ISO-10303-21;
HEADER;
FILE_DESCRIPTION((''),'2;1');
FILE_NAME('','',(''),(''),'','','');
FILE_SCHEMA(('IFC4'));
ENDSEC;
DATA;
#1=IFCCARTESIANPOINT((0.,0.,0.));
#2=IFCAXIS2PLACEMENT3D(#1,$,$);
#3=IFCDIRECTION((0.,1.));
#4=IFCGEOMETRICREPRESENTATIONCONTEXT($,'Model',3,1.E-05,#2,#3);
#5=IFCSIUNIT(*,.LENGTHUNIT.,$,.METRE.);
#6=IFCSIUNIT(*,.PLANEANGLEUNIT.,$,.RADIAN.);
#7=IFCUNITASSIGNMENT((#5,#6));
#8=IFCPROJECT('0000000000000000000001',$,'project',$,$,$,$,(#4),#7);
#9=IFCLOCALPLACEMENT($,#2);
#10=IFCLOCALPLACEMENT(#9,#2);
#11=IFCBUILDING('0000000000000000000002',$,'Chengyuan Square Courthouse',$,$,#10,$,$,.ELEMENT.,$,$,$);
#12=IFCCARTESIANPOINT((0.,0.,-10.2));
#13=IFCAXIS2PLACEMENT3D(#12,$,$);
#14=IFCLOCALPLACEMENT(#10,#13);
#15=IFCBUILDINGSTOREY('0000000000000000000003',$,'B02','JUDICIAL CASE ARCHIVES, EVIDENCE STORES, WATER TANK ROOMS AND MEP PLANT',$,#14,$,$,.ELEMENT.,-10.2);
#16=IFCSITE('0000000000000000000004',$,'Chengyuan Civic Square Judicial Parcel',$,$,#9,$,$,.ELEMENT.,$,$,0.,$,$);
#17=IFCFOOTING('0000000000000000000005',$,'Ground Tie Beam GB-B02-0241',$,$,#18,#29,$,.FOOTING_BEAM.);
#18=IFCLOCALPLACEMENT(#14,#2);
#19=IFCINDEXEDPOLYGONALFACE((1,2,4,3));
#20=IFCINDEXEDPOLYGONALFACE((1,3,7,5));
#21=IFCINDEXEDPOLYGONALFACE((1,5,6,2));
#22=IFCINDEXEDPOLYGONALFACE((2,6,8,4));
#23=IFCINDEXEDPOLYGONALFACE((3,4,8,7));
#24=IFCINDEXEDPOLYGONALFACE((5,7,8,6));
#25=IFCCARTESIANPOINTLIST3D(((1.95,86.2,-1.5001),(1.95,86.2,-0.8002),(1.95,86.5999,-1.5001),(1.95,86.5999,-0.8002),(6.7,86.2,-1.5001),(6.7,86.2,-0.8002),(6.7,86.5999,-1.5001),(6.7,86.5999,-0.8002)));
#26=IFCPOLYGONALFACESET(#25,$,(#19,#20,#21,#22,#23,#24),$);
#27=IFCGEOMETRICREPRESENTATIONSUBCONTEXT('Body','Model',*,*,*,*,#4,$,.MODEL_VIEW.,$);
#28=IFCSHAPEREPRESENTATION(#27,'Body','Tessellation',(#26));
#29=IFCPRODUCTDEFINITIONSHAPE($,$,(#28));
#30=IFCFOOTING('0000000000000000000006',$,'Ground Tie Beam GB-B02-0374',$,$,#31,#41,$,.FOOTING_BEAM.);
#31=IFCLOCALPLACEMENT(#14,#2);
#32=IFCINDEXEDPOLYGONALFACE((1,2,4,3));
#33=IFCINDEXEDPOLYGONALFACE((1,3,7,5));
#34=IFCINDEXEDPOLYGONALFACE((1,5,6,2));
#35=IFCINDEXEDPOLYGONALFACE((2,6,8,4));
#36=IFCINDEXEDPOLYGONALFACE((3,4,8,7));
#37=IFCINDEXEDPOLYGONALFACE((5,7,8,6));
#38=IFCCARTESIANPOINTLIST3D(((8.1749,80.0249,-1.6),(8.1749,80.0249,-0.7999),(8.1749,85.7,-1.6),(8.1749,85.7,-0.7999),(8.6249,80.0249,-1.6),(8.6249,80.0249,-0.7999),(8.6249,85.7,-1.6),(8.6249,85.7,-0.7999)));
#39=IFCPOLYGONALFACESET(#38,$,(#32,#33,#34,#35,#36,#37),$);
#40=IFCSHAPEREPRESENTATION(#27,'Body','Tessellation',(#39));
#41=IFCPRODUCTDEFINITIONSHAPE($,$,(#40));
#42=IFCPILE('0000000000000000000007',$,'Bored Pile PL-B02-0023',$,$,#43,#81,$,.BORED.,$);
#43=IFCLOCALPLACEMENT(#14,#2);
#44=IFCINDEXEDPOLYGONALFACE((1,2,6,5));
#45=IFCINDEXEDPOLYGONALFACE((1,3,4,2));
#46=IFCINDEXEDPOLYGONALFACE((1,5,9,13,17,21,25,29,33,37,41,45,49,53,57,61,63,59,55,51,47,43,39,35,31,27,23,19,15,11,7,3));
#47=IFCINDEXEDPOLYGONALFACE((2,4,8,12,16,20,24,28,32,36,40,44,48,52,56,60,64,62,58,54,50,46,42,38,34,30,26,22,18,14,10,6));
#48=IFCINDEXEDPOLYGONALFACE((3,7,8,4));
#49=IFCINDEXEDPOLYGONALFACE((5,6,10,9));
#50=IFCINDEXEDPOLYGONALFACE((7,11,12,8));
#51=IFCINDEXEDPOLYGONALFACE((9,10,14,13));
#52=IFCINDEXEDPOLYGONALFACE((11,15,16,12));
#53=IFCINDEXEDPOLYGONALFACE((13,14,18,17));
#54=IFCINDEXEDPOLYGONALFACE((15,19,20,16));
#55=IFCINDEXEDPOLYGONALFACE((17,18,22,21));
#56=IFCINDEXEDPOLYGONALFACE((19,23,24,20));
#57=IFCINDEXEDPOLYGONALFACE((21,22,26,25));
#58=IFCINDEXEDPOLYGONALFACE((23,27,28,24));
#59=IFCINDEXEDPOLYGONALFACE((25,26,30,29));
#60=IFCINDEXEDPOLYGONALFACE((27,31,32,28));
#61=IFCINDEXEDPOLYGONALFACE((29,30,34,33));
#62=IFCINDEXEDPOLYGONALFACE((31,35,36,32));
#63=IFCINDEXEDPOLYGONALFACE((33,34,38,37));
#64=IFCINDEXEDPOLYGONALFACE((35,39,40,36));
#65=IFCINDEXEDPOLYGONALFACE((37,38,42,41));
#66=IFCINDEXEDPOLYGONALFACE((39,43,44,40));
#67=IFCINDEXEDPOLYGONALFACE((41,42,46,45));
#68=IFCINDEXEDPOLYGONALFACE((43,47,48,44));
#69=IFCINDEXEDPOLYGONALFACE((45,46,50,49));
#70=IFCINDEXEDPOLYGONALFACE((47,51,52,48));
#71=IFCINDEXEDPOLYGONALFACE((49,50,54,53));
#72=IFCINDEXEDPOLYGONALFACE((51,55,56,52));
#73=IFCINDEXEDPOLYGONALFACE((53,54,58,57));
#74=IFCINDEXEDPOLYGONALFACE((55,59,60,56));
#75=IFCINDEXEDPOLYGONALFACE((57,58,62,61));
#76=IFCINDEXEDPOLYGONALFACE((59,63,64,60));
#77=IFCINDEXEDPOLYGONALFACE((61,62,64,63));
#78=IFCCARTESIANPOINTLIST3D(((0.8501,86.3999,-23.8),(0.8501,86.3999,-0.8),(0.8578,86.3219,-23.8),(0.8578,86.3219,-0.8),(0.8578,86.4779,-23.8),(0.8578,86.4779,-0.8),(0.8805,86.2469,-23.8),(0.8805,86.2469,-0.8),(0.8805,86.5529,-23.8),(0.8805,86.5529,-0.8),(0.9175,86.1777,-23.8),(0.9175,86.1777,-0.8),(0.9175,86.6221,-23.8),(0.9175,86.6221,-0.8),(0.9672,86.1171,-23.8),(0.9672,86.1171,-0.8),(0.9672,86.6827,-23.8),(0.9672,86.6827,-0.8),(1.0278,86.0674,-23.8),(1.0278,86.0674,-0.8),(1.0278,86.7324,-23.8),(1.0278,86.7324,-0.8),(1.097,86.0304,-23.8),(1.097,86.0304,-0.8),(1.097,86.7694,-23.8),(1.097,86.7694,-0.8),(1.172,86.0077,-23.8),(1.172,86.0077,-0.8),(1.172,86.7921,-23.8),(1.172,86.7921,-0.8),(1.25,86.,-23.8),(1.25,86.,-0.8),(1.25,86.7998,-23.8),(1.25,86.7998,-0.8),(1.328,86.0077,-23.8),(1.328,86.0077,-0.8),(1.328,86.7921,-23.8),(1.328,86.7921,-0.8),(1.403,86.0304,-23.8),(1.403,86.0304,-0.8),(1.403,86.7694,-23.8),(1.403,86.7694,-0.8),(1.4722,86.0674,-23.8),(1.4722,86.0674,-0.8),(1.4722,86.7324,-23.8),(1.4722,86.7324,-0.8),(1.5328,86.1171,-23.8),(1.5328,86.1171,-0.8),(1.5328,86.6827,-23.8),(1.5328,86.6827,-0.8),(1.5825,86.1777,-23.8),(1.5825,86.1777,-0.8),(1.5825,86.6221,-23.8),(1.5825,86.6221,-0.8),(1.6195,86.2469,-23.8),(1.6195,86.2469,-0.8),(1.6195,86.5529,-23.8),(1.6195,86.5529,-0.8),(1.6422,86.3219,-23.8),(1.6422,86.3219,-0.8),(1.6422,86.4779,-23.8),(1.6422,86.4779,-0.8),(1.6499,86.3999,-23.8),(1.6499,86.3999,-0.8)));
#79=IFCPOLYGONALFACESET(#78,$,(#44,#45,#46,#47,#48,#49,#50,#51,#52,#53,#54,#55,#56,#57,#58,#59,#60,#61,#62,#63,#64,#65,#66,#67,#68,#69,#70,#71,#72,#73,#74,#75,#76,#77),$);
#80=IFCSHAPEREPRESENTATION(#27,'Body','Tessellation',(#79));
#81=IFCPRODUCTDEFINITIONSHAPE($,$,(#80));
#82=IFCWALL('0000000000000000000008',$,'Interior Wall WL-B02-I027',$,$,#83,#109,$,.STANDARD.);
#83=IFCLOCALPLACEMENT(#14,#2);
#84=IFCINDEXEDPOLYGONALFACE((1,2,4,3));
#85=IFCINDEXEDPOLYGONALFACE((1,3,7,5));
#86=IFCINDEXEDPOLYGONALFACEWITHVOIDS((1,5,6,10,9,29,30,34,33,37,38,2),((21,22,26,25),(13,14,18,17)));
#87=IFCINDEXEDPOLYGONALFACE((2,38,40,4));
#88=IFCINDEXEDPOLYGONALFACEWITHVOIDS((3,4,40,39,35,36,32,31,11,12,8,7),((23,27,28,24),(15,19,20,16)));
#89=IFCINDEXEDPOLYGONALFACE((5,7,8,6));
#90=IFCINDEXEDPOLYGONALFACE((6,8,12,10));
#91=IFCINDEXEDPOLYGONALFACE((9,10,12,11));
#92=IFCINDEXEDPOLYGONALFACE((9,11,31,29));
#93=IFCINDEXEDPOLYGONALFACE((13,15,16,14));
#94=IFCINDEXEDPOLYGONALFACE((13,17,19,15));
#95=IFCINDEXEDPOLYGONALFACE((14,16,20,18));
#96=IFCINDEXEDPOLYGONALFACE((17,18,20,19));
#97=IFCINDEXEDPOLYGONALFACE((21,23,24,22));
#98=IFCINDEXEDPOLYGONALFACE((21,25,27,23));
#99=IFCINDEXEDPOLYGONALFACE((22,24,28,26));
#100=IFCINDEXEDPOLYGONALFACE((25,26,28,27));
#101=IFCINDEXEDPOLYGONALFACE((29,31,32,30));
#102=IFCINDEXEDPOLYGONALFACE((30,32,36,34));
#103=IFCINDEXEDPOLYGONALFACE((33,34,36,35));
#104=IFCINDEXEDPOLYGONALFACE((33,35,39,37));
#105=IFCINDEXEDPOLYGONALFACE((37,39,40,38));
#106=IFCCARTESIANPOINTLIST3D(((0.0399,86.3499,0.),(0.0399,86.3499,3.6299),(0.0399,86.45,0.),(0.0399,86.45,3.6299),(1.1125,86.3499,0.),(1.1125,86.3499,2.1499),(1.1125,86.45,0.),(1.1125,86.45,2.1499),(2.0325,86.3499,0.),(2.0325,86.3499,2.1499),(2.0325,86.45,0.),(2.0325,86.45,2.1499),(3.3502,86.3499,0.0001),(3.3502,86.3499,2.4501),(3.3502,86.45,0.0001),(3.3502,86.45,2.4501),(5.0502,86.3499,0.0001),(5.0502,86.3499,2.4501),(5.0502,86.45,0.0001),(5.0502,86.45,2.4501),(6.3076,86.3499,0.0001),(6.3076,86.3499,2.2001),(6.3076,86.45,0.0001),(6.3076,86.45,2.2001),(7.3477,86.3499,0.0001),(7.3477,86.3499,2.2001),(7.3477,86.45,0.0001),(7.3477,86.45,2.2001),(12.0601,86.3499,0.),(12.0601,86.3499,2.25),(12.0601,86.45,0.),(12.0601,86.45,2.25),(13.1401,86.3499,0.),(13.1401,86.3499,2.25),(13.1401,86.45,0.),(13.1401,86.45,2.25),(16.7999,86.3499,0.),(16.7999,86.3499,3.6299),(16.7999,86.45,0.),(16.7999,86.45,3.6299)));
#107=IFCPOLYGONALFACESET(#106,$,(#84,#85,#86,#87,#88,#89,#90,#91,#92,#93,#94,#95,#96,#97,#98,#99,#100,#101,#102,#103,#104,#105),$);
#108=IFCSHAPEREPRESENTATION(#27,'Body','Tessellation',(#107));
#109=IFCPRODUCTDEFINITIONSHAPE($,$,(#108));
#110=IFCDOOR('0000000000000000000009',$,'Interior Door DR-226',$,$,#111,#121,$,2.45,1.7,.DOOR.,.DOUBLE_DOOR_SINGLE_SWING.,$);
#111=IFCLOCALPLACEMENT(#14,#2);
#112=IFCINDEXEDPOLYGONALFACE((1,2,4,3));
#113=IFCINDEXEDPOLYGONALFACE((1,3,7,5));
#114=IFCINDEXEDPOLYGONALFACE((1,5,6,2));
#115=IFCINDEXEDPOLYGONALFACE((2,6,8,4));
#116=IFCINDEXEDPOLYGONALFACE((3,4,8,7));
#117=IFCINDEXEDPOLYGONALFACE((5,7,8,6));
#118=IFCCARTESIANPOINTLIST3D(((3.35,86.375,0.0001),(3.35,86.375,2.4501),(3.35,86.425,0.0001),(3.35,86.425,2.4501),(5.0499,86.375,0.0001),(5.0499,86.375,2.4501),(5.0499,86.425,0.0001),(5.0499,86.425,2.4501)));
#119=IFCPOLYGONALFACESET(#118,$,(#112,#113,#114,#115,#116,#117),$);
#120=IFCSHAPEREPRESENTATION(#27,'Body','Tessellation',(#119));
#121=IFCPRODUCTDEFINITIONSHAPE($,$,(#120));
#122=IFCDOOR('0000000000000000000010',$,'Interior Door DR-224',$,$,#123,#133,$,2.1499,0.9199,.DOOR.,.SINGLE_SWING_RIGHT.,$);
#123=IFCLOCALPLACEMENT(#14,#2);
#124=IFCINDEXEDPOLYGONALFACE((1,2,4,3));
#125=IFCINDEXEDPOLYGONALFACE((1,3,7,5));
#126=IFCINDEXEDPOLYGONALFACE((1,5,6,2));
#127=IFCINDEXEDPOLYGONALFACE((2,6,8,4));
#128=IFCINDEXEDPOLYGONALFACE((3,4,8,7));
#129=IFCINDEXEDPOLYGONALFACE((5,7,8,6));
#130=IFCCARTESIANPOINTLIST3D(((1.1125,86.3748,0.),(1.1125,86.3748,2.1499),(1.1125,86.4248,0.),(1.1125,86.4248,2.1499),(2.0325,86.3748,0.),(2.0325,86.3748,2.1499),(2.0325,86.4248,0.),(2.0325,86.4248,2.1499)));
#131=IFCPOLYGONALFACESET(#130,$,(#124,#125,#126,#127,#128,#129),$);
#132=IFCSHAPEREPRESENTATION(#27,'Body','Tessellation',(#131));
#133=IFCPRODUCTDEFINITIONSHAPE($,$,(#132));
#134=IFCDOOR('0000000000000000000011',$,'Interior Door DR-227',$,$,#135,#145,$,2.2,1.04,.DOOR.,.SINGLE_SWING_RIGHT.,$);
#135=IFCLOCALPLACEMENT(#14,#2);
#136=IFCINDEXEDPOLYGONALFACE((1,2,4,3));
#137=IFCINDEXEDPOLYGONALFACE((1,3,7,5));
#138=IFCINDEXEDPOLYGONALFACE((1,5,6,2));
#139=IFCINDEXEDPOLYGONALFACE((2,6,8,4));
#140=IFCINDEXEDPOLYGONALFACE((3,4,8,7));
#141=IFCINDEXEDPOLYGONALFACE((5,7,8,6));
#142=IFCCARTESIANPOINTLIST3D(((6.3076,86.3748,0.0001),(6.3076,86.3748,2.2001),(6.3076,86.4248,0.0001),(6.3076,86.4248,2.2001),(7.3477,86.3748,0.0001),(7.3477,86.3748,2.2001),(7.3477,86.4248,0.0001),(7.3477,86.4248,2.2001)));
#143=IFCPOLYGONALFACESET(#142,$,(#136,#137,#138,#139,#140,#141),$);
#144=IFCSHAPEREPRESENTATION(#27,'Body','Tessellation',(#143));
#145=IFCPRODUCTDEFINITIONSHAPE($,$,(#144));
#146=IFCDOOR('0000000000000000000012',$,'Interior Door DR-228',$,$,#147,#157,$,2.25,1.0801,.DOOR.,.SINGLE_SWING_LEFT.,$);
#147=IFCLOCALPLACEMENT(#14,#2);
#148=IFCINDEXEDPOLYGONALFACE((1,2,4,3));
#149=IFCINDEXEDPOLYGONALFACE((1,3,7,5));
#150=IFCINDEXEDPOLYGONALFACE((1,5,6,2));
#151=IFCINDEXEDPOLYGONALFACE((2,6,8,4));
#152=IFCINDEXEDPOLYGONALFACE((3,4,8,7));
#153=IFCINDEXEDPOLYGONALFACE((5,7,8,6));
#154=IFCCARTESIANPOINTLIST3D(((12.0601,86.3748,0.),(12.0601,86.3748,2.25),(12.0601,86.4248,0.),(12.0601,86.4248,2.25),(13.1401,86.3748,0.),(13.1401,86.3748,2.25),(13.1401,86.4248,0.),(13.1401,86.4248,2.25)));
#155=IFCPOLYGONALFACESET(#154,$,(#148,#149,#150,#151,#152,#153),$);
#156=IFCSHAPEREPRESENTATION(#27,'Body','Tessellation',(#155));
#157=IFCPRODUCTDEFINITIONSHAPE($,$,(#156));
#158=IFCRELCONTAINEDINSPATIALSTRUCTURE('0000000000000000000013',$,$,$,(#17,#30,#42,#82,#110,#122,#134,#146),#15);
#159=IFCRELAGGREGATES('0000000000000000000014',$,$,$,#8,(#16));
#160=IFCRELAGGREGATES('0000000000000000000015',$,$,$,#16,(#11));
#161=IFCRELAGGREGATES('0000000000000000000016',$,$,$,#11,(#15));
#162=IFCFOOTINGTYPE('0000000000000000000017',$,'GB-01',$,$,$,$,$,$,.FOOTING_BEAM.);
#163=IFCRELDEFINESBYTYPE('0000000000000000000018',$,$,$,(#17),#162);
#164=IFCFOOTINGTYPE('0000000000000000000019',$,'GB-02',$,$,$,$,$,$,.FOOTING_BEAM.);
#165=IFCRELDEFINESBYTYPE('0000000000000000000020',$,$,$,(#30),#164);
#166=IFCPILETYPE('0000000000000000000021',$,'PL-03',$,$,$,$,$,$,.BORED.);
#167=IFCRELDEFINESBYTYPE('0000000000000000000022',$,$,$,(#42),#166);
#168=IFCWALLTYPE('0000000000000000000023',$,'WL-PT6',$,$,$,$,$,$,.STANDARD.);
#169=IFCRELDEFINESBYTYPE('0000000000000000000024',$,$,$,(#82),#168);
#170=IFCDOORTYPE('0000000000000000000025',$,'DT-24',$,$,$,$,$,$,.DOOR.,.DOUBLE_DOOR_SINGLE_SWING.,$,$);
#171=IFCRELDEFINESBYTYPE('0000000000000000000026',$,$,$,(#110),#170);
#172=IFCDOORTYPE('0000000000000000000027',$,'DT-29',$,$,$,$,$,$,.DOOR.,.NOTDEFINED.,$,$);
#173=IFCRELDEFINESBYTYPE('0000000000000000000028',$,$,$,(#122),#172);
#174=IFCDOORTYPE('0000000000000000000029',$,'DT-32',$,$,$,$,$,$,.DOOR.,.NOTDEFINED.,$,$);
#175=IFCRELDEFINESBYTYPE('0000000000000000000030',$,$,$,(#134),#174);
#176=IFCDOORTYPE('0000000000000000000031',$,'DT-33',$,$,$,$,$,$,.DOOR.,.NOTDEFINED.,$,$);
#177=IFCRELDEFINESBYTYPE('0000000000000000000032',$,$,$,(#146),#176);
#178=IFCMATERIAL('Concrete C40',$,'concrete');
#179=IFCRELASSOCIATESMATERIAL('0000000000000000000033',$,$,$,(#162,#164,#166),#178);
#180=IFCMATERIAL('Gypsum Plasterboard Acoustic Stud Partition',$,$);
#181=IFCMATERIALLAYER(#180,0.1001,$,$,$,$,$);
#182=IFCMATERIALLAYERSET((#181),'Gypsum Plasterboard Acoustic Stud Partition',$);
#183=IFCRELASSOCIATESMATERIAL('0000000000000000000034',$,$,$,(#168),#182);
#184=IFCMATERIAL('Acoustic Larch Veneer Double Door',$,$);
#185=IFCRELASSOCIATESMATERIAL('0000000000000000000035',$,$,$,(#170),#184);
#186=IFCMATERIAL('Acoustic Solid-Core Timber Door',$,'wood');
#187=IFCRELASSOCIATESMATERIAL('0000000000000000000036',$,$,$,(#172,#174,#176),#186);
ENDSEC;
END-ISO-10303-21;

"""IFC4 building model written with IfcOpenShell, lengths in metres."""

from ifc_helpers import new_model, si_unit, direction, frame, frame_2d, origin, origin_2d, place, context, subcontext, project, spatial, rectangle, circle, extrude, material, layer, layer_set, material_profile, profile_set, type_object, element, fill, save


model = new_model("IFC4")

# Units and contexts
model_context = context("Model", 3, precision=1e-05, world=origin(), true_north=direction((0.0, 1.0)))
body_context = subcontext(model_context, "Body", "Model", "MODEL_VIEW")
ifc_project = project(units=[si_unit("LENGTHUNIT", "METRE"), si_unit("PLANEANGLEUNIT", "RADIAN")], contexts=[model_context])

# Site, building, storey
site_placement = place(None, origin())
site = spatial("IfcSite", under=ifc_project, at=site_placement, Name="Chengyuan Civic Square Judicial Parcel", CompositionType="ELEMENT", RefElevation=0.0)
building_placement = place(site_placement, origin())
building = spatial("IfcBuilding", under=site, at=building_placement, Name="Chengyuan Square Courthouse", CompositionType="ELEMENT")
storey_placement = place(building_placement, frame((0.0, 0.0, -10.2)))
storey = spatial("IfcBuildingStorey", under=building, at=storey_placement, Name="B02", Description="JUDICIAL CASE ARCHIVES, EVIDENCE STORES, WATER TANK ROOMS AND MEP PLANT", CompositionType="ELEMENT", Elevation=-10.2)

# Footings
ifc_material_1 = material(Name="Concrete C40", Category="concrete")
ifc_material_profile_1 = material_profile(ifc_material_1, rectangle(XDim=0.3999, YDim=0.7, at=origin_2d()), Name="GB-400x700")
ifc_profile_set_1 = profile_set([ifc_material_profile_1], Name="Concrete C40")
footing_type_1 = type_object("IfcFootingType", Name="GB-01", PredefinedType="FOOTING_BEAM", material=ifc_profile_set_1)
footing_1_placement = place(storey_placement, frame((1.95, 86.3999, -1.1501), z_axis=(1.0, 0.0, 0.0), x_axis=(0.0, 1.0, 0.0)))
element("IfcFooting", 1, at=footing_1_placement, inside=storey, type_object=footing_type_1, Name="Ground Tie Beam GB-B02-0241", PredefinedType="FOOTING_BEAM", context=body_context, shape_type="SweptSolid", body=[
    extrude(rectangle(XDim=0.3999, YDim=0.7, at=origin_2d()), origin(), (0.0, 0.0, 1.0), 4.75),
])
ifc_material_profile_2 = material_profile(ifc_material_1, rectangle(XDim=0.45, YDim=0.8, at=origin_2d()), Name="GB-450x800")
ifc_profile_set_2 = profile_set([ifc_material_profile_2], Name="Concrete C40")
footing_type_2 = type_object("IfcFootingType", Name="GB-02", PredefinedType="FOOTING_BEAM", material=ifc_profile_set_2)
footing_2_placement = place(storey_placement, frame((8.3999, 80.0249, -1.2), z_axis=(0.0, 1.0, 0.0), x_axis=(-1.0, 0.0, 0.0)))
element("IfcFooting", 2, at=footing_2_placement, inside=storey, type_object=footing_type_2, Name="Ground Tie Beam GB-B02-0374", PredefinedType="FOOTING_BEAM", context=body_context, shape_type="SweptSolid", body=[
    extrude(rectangle(XDim=0.45, YDim=0.8, at=origin_2d()), origin(), (0.0, 0.0, 1.0), 5.675),
])

# Pile
ifc_material_profile_3 = material_profile(ifc_material_1, circle(Radius=0.3999, at=origin_2d()), Name="BORED PILE D800")
ifc_profile_set_3 = profile_set([ifc_material_profile_3], Name="Concrete C40")
pile_type = type_object("IfcPileType", Name="PL-03", PredefinedType="BORED", material=ifc_profile_set_3)
pile_placement = place(storey_placement, frame((1.25, 86.3999, -0.8), z_axis=(0.0, 0.0, -1.0), x_axis=(1.0, 0.0, 0.0)))
element("IfcPile", 3, at=pile_placement, inside=storey, type_object=pile_type, Name="Bored Pile PL-B02-0023", PredefinedType="BORED", context=body_context, shape_type="SweptSolid", body=[
    extrude(circle(Radius=0.3999, at=origin_2d()), origin(), (0.0, 0.0, 1.0), 23.0),
])

# Wall, openings, doors
ifc_material_2 = material(Name="Gypsum Plasterboard Acoustic Stud Partition")
ifc_layer_1 = layer(ifc_material_2, 0.1001)
ifc_layer_set_1 = layer_set([ifc_layer_1], Name="Gypsum Plasterboard Acoustic Stud Partition")
wall_type_1 = type_object("IfcWallType", Name="WL-PT6", PredefinedType="STANDARD", material=ifc_layer_set_1)
wall_1_placement = place(storey_placement, frame((0.04, 86.3999, 0.0), z_axis=(0.0, 0.0, 1.0), x_axis=(1.0, 0.0, 0.0)))
wall_1 = element("IfcWall", 4, at=wall_1_placement, inside=storey, type_object=wall_type_1, Name="Interior Wall WL-B02-I027", PredefinedType="STANDARD", context=body_context, shape_type="SweptSolid", body=[
    extrude(rectangle(XDim=16.76, YDim=0.1001, at=frame_2d((8.3799, 0.0))), origin(), (0.0, 0.0, 1.0), 3.6299),
])
opening_1_placement = place(wall_1_placement, frame((1.0725, 0.0, 0.0)))
opening_1 = element("IfcOpeningElement", 5, at=opening_1_placement, cuts=wall_1, PredefinedType="OPENING", context=body_context, shape_type="SweptSolid", body=[
    extrude(rectangle(XDim=0.9199, YDim=2.1499, at=frame_2d((0.46, 1.075))), frame((0.0, 0.062, 0.0), z_axis=(0.0, -1.0, 0.0), x_axis=(1.0, 0.0, 0.0)), (0.0, 0.0, 1.0), 0.124),
])
opening_2_placement = place(wall_1_placement, frame((3.3101, 0.0, 0.0)))
opening_2 = element("IfcOpeningElement", 6, at=opening_2_placement, cuts=wall_1, PredefinedType="OPENING", context=body_context, shape_type="SweptSolid", body=[
    extrude(rectangle(XDim=1.7, YDim=2.45, at=frame_2d((0.8501, 1.2251))), frame((0.0, 0.062, 0.0), z_axis=(0.0, -1.0, 0.0), x_axis=(1.0, 0.0, 0.0)), (0.0, 0.0, 1.0), 0.124),
])
opening_3_placement = place(wall_1_placement, frame((6.2676, 0.0, 0.0)))
opening_3 = element("IfcOpeningElement", 7, at=opening_3_placement, cuts=wall_1, PredefinedType="OPENING", context=body_context, shape_type="SweptSolid", body=[
    extrude(rectangle(XDim=1.04, YDim=2.2, at=frame_2d((0.52, 1.1001))), frame((0.0, 0.062, 0.0), z_axis=(0.0, -1.0, 0.0), x_axis=(1.0, 0.0, 0.0)), (0.0, 0.0, 1.0), 0.124),
])
opening_4_placement = place(wall_1_placement, frame((12.02, 0.0, 0.0)))
opening_4 = element("IfcOpeningElement", 8, at=opening_4_placement, cuts=wall_1, PredefinedType="OPENING", context=body_context, shape_type="SweptSolid", body=[
    extrude(rectangle(XDim=1.0801, YDim=2.25, at=frame_2d((0.54, 1.125))), frame((0.0, 0.062, 0.0), z_axis=(0.0, -1.0, 0.0), x_axis=(1.0, 0.0, 0.0)), (0.0, 0.0, 1.0), 0.124),
])
ifc_material_3 = material(Name="Acoustic Larch Veneer Double Door")
door_type_1 = type_object("IfcDoorType", Name="DT-24", OperationType="DOUBLE_DOOR_SINGLE_SWING", PredefinedType="DOOR", material=ifc_material_3)
door_1_placement = place(opening_2_placement, frame((1.7, 0.0, 0.0), z_axis=(0.0, 0.0, 1.0), x_axis=(-1.0, 0.0, 0.0)))
door_1 = element("IfcDoor", 9, at=door_1_placement, inside=storey, type_object=door_type_1, Name="Interior Door DR-226", OperationType="DOUBLE_DOOR_SINGLE_SWING", OverallHeight=2.45, OverallWidth=1.7, PredefinedType="DOOR", context=body_context, shape_type="SweptSolid", body=[
    extrude(rectangle(XDim=1.7, YDim=2.45, at=frame_2d((0.8501, 1.2251))), frame((0.0, 0.0249, 0.0), z_axis=(0.0, -1.0, 0.0), x_axis=(1.0, 0.0, 0.0)), (0.0, 0.0, 1.0), 0.05),
])
fill(opening_2, door_1)
ifc_material_4 = material(Name="Acoustic Solid-Core Timber Door", Category="wood")
door_type_2 = type_object("IfcDoorType", Name="DT-29", OperationType="NOTDEFINED", PredefinedType="DOOR", material=ifc_material_4)
door_2_placement = place(opening_1_placement, origin())
door_2 = element("IfcDoor", 10, at=door_2_placement, inside=storey, type_object=door_type_2, Name="Interior Door DR-224", OperationType="SINGLE_SWING_RIGHT", OverallHeight=2.1499, OverallWidth=0.9199, PredefinedType="DOOR", context=body_context, shape_type="SweptSolid", body=[
    extrude(rectangle(XDim=0.9199, YDim=2.1499, at=frame_2d((0.46, 1.075))), frame((0.0, 0.0249, 0.0), z_axis=(0.0, -1.0, 0.0), x_axis=(1.0, 0.0, 0.0)), (0.0, 0.0, 1.0), 0.05),
])
fill(opening_1, door_2)
door_type_3 = type_object("IfcDoorType", Name="DT-32", OperationType="NOTDEFINED", PredefinedType="DOOR", material=ifc_material_4)
door_3_placement = place(opening_3_placement, origin())
door_3 = element("IfcDoor", 11, at=door_3_placement, inside=storey, type_object=door_type_3, Name="Interior Door DR-227", OperationType="SINGLE_SWING_RIGHT", OverallHeight=2.2, OverallWidth=1.04, PredefinedType="DOOR", context=body_context, shape_type="SweptSolid", body=[
    extrude(rectangle(XDim=1.04, YDim=2.2, at=frame_2d((0.52, 1.1001))), frame((0.0, 0.0249, 0.0), z_axis=(0.0, -1.0, 0.0), x_axis=(1.0, 0.0, 0.0)), (0.0, 0.0, 1.0), 0.05),
])
fill(opening_3, door_3)
door_type_4 = type_object("IfcDoorType", Name="DT-33", OperationType="NOTDEFINED", PredefinedType="DOOR", material=ifc_material_4)
door_4_placement = place(opening_4_placement, origin())
door_4 = element("IfcDoor", 12, at=door_4_placement, inside=storey, type_object=door_type_4, Name="Interior Door DR-228", OperationType="SINGLE_SWING_LEFT", OverallHeight=2.25, OverallWidth=1.0801, PredefinedType="DOOR", context=body_context, shape_type="SweptSolid", body=[
    extrude(rectangle(XDim=1.0801, YDim=2.25, at=frame_2d((0.54, 1.125))), frame((0.0, 0.0249, 0.0), z_axis=(0.0, -1.0, 0.0), x_axis=(1.0, 0.0, 0.0)), (0.0, 0.0, 1.0), 0.05),
])
fill(opening_4, door_4)

save(model, "model.ifc")
